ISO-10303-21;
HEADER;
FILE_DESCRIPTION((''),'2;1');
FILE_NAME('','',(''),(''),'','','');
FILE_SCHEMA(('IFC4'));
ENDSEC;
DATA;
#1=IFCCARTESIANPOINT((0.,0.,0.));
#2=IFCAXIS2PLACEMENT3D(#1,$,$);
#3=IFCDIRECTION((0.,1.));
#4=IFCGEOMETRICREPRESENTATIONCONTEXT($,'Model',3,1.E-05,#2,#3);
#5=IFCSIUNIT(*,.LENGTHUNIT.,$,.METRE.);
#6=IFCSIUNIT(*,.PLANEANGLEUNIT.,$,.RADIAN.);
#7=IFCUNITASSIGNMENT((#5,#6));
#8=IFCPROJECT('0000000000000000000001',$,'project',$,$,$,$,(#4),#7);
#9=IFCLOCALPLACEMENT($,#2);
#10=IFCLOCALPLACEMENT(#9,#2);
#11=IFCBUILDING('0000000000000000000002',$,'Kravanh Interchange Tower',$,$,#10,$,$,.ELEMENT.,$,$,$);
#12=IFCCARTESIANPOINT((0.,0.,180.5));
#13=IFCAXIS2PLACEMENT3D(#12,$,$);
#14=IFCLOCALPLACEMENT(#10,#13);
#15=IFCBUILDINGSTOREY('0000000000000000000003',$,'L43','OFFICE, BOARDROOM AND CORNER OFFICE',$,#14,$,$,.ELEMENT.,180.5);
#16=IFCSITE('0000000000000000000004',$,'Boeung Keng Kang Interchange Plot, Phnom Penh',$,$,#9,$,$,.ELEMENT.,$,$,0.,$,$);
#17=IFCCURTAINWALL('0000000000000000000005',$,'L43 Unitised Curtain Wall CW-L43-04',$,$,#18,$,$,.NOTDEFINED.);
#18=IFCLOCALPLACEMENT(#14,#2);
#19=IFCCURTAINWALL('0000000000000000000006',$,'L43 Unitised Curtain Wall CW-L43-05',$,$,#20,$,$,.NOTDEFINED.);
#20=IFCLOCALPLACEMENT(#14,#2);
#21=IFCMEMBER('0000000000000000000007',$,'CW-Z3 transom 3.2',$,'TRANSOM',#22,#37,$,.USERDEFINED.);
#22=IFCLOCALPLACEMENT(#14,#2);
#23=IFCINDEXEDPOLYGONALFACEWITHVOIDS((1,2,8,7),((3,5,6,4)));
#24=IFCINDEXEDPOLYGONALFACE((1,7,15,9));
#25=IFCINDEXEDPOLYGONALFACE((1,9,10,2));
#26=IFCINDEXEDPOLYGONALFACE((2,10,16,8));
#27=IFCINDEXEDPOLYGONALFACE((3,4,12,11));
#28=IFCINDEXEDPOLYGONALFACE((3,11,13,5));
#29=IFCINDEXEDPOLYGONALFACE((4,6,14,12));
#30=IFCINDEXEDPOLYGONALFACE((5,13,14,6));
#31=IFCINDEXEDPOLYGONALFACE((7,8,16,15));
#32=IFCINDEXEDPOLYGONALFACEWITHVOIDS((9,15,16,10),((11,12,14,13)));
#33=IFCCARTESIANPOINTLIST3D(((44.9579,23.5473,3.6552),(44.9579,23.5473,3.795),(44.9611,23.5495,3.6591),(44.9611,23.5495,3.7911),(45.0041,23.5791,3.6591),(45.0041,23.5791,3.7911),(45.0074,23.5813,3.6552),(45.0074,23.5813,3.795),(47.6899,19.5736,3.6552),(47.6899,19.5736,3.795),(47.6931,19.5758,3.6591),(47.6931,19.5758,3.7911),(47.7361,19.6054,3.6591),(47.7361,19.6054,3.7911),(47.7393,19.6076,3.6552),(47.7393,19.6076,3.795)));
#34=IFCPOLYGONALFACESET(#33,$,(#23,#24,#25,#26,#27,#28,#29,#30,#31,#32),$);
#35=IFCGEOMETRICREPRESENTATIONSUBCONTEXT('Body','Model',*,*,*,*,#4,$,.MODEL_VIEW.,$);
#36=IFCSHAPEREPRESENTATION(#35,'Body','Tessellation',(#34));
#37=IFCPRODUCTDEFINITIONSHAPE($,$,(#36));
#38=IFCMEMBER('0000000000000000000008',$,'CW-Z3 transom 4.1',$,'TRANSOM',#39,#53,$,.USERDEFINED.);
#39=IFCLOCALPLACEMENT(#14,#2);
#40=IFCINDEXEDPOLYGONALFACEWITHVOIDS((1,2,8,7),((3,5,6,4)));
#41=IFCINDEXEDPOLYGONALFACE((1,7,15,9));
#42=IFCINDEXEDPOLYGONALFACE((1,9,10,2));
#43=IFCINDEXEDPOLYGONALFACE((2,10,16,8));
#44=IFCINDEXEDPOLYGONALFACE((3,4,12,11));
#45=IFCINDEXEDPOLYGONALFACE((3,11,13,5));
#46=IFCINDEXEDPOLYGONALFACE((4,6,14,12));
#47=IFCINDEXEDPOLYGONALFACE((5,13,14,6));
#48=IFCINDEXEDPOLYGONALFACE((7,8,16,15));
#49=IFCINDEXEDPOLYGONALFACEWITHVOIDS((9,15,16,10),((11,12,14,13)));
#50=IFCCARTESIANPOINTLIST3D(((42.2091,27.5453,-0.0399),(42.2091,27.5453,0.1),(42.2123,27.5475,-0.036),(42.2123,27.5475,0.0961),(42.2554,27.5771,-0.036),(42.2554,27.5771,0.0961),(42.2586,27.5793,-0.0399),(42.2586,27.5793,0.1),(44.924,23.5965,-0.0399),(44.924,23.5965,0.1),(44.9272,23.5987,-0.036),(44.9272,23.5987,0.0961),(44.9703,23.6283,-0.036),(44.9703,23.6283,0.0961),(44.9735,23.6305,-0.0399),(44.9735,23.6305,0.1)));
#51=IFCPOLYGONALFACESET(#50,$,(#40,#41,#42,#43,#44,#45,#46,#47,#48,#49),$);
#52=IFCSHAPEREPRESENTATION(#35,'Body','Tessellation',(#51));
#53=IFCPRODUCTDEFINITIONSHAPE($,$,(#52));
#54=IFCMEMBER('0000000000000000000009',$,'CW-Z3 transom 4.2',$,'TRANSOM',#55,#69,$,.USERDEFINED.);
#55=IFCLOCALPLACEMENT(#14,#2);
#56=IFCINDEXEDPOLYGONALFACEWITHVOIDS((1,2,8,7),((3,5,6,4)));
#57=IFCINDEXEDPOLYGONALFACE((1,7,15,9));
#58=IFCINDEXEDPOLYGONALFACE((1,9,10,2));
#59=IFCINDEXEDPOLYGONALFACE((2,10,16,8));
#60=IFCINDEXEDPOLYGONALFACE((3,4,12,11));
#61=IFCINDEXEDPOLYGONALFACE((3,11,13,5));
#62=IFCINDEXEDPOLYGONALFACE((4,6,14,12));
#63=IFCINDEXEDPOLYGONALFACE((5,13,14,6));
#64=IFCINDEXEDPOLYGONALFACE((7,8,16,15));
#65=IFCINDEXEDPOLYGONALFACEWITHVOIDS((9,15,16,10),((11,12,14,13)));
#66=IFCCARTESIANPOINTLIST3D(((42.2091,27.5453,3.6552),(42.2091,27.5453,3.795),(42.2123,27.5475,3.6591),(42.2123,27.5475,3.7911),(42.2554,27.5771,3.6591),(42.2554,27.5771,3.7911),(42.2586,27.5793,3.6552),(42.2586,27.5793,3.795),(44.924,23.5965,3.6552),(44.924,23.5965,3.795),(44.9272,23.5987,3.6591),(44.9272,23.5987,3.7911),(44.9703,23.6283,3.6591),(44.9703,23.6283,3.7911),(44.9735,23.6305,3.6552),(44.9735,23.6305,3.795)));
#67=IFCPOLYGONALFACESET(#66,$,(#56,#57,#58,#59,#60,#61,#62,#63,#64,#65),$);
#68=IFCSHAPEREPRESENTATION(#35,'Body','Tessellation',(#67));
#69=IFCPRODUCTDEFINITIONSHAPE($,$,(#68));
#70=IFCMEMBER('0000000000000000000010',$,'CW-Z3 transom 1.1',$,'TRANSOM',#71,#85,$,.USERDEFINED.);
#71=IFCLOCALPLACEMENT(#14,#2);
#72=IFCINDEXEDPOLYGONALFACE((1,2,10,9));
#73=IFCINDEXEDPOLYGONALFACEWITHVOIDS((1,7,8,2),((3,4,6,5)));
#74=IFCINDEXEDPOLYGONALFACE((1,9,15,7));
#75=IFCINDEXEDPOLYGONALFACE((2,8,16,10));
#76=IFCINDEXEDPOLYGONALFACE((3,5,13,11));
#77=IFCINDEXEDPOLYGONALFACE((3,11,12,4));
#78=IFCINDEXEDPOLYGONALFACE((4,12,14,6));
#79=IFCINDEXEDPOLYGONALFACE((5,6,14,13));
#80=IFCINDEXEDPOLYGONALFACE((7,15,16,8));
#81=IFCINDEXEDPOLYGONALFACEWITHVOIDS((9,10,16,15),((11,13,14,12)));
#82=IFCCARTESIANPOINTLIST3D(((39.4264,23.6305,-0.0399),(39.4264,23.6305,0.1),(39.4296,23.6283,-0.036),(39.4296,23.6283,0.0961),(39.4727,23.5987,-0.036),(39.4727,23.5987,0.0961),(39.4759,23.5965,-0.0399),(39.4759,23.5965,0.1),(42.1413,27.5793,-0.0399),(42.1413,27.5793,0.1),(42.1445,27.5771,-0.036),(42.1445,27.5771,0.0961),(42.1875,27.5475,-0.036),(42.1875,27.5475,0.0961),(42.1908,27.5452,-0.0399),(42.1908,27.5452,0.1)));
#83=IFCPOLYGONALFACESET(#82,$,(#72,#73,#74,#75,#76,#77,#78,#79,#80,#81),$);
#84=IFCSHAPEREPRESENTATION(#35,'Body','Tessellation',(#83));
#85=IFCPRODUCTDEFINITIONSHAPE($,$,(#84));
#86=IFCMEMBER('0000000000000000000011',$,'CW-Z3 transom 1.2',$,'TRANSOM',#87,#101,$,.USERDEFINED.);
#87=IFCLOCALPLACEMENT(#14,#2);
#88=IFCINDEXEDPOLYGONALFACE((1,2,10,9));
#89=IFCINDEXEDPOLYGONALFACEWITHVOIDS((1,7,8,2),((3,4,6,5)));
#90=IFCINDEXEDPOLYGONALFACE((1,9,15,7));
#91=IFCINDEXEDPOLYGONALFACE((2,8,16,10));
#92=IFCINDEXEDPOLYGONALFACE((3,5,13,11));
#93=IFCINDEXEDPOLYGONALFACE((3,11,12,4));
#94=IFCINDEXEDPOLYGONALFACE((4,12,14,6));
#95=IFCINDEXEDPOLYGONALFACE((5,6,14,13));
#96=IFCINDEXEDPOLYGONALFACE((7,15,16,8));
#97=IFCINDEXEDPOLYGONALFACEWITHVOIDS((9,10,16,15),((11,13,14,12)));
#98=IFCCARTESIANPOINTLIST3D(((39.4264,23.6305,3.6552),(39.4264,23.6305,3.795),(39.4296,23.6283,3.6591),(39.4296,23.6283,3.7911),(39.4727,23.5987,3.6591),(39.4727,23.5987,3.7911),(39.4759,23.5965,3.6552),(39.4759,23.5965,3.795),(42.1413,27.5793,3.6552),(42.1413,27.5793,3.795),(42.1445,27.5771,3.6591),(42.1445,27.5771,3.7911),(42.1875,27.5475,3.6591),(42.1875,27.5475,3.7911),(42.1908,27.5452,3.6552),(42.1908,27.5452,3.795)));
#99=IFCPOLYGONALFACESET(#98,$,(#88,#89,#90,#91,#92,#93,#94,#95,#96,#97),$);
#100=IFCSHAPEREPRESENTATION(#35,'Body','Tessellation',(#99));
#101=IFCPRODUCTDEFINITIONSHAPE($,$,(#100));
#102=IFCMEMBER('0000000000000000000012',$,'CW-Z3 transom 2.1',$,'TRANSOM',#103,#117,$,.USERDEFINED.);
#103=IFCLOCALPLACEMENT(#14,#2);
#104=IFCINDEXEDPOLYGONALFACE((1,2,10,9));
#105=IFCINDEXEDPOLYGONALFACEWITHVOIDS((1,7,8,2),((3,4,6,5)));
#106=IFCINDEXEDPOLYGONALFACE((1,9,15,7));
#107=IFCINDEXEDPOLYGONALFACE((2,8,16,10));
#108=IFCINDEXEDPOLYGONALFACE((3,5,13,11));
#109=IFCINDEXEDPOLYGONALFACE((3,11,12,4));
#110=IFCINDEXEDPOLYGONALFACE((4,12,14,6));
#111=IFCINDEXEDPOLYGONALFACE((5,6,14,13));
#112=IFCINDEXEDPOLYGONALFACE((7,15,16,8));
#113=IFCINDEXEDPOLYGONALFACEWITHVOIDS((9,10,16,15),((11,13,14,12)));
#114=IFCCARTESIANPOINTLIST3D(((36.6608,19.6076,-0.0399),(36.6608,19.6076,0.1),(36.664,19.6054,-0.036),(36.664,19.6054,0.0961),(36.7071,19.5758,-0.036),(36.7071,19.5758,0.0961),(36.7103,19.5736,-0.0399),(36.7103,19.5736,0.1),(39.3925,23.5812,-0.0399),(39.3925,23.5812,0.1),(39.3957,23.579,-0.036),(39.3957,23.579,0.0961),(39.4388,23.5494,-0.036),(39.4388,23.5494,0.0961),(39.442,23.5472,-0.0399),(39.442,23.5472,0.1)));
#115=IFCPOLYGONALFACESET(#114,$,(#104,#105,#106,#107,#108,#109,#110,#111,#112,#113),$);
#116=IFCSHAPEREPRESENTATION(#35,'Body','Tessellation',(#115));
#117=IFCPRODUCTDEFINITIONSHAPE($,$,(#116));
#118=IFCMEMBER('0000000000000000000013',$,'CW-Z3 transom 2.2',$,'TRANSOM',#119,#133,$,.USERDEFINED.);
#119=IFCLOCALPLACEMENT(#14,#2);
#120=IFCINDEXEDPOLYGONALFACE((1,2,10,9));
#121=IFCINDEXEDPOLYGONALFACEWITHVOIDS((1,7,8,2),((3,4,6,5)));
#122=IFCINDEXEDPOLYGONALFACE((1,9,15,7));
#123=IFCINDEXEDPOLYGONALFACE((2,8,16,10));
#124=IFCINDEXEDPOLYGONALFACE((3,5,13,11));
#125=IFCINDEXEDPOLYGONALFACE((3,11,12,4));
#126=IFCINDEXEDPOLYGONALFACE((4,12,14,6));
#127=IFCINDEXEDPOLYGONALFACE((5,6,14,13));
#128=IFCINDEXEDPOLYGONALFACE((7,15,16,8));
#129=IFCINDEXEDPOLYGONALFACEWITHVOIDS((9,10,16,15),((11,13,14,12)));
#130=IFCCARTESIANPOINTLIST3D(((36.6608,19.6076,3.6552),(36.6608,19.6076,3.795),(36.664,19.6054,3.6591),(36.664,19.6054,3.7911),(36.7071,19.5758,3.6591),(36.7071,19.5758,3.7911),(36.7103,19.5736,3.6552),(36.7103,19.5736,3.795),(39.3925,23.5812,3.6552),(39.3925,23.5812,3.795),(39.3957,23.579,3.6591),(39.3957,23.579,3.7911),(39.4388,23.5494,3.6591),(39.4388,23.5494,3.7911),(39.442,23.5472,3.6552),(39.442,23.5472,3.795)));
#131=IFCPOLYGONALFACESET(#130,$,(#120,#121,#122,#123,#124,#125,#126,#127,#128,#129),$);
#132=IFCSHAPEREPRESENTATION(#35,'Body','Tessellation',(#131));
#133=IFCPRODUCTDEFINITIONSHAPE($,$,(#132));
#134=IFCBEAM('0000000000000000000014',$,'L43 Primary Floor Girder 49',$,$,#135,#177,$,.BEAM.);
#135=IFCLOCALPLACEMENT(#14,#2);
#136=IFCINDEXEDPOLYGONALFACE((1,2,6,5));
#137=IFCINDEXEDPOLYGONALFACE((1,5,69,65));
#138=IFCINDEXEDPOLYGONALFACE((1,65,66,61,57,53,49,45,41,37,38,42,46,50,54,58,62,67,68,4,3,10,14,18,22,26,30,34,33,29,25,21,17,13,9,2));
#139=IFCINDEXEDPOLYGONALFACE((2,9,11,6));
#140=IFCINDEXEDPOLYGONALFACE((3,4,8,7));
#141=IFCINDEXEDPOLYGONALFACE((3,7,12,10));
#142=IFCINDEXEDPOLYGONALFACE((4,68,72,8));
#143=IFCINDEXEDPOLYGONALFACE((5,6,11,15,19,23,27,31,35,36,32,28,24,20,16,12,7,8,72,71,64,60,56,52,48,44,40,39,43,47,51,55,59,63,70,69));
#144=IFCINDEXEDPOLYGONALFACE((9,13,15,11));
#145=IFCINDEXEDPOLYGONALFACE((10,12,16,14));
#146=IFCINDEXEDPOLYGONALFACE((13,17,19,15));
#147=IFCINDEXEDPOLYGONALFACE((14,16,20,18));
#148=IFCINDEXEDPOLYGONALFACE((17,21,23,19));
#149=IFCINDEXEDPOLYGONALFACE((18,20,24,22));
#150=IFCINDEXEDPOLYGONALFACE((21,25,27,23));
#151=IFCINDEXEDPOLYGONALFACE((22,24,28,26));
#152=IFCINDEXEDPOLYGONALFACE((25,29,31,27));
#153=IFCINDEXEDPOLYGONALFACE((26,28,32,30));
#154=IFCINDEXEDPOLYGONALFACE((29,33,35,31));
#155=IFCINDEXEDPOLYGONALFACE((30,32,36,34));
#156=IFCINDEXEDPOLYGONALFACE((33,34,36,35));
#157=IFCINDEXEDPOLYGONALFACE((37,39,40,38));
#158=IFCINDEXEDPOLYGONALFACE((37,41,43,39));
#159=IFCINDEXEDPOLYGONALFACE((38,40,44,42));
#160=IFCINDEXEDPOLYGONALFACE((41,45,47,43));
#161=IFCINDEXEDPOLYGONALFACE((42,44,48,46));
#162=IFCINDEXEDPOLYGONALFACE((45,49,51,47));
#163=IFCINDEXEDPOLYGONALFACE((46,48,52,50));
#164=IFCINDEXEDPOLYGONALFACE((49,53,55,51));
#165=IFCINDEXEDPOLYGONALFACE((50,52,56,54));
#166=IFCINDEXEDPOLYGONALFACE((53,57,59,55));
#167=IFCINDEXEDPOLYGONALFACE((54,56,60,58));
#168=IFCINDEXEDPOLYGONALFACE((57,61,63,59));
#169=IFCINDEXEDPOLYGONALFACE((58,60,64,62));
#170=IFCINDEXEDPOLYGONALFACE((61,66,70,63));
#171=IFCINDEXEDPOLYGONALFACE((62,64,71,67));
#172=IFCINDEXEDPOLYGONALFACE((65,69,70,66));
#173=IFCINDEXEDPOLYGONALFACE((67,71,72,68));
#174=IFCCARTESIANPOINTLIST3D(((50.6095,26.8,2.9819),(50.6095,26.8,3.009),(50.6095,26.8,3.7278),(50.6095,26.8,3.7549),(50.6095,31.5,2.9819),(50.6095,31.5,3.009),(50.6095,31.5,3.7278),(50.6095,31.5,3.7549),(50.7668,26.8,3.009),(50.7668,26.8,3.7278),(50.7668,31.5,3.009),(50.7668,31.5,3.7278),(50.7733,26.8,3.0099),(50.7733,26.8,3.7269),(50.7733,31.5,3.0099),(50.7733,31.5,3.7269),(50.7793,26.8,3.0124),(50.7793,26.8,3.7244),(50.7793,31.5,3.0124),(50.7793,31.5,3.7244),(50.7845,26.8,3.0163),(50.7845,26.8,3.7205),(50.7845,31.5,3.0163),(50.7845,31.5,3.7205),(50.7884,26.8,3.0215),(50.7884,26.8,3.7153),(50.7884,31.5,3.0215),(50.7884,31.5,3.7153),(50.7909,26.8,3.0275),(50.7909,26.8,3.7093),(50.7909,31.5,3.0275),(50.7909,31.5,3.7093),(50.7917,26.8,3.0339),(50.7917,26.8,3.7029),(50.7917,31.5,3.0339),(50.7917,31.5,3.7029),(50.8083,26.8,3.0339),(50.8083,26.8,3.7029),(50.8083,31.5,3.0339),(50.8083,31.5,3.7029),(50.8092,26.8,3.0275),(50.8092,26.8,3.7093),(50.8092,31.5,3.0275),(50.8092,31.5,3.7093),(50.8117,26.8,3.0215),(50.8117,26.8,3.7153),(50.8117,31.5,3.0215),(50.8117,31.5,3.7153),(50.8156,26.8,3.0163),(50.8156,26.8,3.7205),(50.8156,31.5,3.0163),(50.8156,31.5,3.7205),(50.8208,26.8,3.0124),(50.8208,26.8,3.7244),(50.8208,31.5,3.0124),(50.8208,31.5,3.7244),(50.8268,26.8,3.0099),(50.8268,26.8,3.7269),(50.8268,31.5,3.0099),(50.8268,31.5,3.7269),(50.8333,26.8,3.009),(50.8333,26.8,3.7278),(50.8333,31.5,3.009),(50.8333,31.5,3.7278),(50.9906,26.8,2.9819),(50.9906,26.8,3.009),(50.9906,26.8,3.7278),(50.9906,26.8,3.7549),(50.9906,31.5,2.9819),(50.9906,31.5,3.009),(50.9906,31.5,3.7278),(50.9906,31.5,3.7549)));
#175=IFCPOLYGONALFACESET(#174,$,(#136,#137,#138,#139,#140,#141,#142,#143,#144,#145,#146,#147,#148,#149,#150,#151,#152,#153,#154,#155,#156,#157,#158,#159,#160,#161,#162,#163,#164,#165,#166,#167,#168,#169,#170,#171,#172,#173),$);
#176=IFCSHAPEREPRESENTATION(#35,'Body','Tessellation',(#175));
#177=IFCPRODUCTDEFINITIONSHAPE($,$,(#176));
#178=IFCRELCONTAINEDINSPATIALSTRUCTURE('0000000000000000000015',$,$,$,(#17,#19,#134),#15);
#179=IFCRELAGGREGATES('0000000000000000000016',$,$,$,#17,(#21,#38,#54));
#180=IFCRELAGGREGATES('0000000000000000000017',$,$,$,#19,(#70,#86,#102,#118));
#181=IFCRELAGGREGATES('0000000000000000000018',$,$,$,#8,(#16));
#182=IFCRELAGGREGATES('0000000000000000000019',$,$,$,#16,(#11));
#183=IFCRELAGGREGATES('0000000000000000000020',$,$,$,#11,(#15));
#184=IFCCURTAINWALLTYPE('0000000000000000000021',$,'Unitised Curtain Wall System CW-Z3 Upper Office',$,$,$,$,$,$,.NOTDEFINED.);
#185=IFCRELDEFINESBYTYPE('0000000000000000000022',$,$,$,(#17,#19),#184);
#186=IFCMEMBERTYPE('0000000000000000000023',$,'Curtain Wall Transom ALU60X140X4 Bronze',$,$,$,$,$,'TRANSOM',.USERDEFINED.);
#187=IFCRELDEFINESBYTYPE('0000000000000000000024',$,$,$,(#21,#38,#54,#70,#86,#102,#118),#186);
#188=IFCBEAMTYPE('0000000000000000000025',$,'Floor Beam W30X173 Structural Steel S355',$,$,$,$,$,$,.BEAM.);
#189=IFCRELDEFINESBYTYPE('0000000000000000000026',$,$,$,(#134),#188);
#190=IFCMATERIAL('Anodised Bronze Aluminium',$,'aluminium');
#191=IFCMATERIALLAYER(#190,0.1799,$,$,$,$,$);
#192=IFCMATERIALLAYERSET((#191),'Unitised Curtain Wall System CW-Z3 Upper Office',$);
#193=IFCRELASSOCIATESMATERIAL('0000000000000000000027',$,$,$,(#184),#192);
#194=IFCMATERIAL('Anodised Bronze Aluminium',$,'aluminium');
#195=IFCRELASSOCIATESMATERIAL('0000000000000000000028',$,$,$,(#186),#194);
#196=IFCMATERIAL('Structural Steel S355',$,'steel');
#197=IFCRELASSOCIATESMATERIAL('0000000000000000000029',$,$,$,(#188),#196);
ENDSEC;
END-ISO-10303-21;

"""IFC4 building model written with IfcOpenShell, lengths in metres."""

from ifc_helpers import new_model, si_unit, direction, frame, origin, origin_2d, place, context, subcontext, project, spatial, hollow_rectangle, i_section, extrude, material, layer, layer_set, material_profile, profile_set, type_object, element, aggregate, save


model = new_model("IFC4")

# Units and contexts
model_context = context("Model", 3, precision=1e-05, world=origin(), true_north=direction((0.0, 1.0)))
body_context = subcontext(model_context, "Body", "Model", "MODEL_VIEW")
ifc_project = project(units=[si_unit("LENGTHUNIT", "METRE"), si_unit("PLANEANGLEUNIT", "RADIAN")], contexts=[model_context])

# Site, building, storey
site_placement = place(None, origin())
site = spatial("IfcSite", under=ifc_project, at=site_placement, Name="Boeung Keng Kang Interchange Plot, Phnom Penh", CompositionType="ELEMENT", RefElevation=0.0)
building_placement = place(site_placement, origin())
building = spatial("IfcBuilding", under=site, at=building_placement, Name="Kravanh Interchange Tower", CompositionType="ELEMENT")
storey_placement = place(building_placement, frame((0.0, 0.0, 180.5)))
storey = spatial("IfcBuildingStorey", under=building, at=storey_placement, Name="L43", Description="OFFICE, BOARDROOM AND CORNER OFFICE", CompositionType="ELEMENT", Elevation=180.5)

# Shared definitions
ifc_material_1 = material(Name="Anodised Bronze Aluminium", Category="aluminium")
ifc_layer_1 = layer(ifc_material_1, 0.1799)
ifc_layer_set_1 = layer_set([ifc_layer_1], Name="Unitised Curtain Wall System CW-Z3 Upper Office")
curtain_wall_type = type_object("IfcCurtainWallType", Name="Unitised Curtain Wall System CW-Z3 Upper Office", PredefinedType="NOTDEFINED", material=ifc_layer_set_1)

# Curtain walls
curtain_wall_1_placement = place(storey_placement, origin())
curtain_wall_1 = element("IfcCurtainWall", 1, at=curtain_wall_1_placement, inside=storey, type_object=curtain_wall_type, Name="L43 Unitised Curtain Wall CW-L43-04", PredefinedType="NOTDEFINED")
curtain_wall_2_placement = place(storey_placement, origin())
curtain_wall_2 = element("IfcCurtainWall", 2, at=curtain_wall_2_placement, inside=storey, type_object=curtain_wall_type, Name="L43 Unitised Curtain Wall CW-L43-05", PredefinedType="NOTDEFINED")

# Members
ifc_material_2 = material(Name="Anodised Bronze Aluminium", Category="aluminium")
ifc_material_profile_1 = material_profile(ifc_material_2, hollow_rectangle(XDim=0.0601, YDim=0.1399, WallThickness=0.0039, at=origin_2d()), Name="ALU60X140X4")
ifc_profile_set_1 = profile_set([ifc_material_profile_1], Name="Anodised Bronze Aluminium")
member_type_1 = type_object("IfcMemberType", Name="Curtain Wall Transom ALU60X140X4 Bronze", ElementType="TRANSOM", PredefinedType="USERDEFINED", material=ifc_profile_set_1)
member_1_placement = place(storey_placement, frame((47.7146, 19.5906, 3.7251), z_axis=(-0.566537, 0.824036, 0.0), x_axis=(-0.824036, -0.566537, 0.0)))
member_1 = element("IfcMember", 3, at=member_1_placement, type_object=member_type_1, Name="CW-Z3 transom 3.2", ObjectType="TRANSOM", PredefinedType="USERDEFINED", context=body_context, shape_type="SweptSolid", body=[
    extrude(hollow_rectangle(XDim=0.0601, YDim=0.1399, WallThickness=0.0039, at=origin_2d()), origin(), (0.0, 0.0, 1.0), 4.8223),
])
member_2_placement = place(storey_placement, frame((44.9487, 23.6135, 0.03), z_axis=(-0.566542, 0.824033, 0.0), x_axis=(-0.824033, -0.566542, 0.0)))
member_2 = element("IfcMember", 4, at=member_2_placement, type_object=member_type_1, Name="CW-Z3 transom 4.1", ObjectType="TRANSOM", PredefinedType="USERDEFINED", context=body_context, shape_type="SweptSolid", body=[
    extrude(hollow_rectangle(XDim=0.0601, YDim=0.1399, WallThickness=0.0039, at=origin_2d()), origin(), (0.0, 0.0, 1.0), 4.792),
])
member_3_placement = place(storey_placement, frame((44.9487, 23.6135, 3.7251), z_axis=(-0.566542, 0.824033, 0.0), x_axis=(-0.824033, -0.566542, 0.0)))
member_3 = element("IfcMember", 5, at=member_3_placement, type_object=member_type_1, Name="CW-Z3 transom 4.2", ObjectType="TRANSOM", PredefinedType="USERDEFINED", context=body_context, shape_type="SweptSolid", body=[
    extrude(hollow_rectangle(XDim=0.0601, YDim=0.1399, WallThickness=0.0039, at=origin_2d()), origin(), (0.0, 0.0, 1.0), 4.792),
])
member_4_placement = place(storey_placement, frame((42.166, 27.5623, 0.03), z_axis=(-0.566542, -0.824033, 0.0), x_axis=(0.824033, -0.566542, 0.0)))
member_4 = element("IfcMember", 6, at=member_4_placement, type_object=member_type_1, Name="CW-Z3 transom 1.1", ObjectType="TRANSOM", PredefinedType="USERDEFINED", context=body_context, shape_type="SweptSolid", body=[
    extrude(hollow_rectangle(XDim=0.0601, YDim=0.1399, WallThickness=0.0039, at=origin_2d()), origin(), (0.0, 0.0, 1.0), 4.792),
])
member_5_placement = place(storey_placement, frame((42.166, 27.5623, 3.7251), z_axis=(-0.566542, -0.824033, 0.0), x_axis=(0.824033, -0.566542, 0.0)))
member_5 = element("IfcMember", 7, at=member_5_placement, type_object=member_type_1, Name="CW-Z3 transom 1.2", ObjectType="TRANSOM", PredefinedType="USERDEFINED", context=body_context, shape_type="SweptSolid", body=[
    extrude(hollow_rectangle(XDim=0.0601, YDim=0.1399, WallThickness=0.0039, at=origin_2d()), origin(), (0.0, 0.0, 1.0), 4.792),
])
member_6_placement = place(storey_placement, frame((39.4172, 23.5642, 0.03), z_axis=(-0.566503, -0.82406, 0.0), x_axis=(0.82406, -0.566503, 0.0)))
member_6 = element("IfcMember", 8, at=member_6_placement, type_object=member_type_1, Name="CW-Z3 transom 2.1", ObjectType="TRANSOM", PredefinedType="USERDEFINED", context=body_context, shape_type="SweptSolid", body=[
    extrude(hollow_rectangle(XDim=0.0601, YDim=0.1399, WallThickness=0.0039, at=origin_2d()), origin(), (0.0, 0.0, 1.0), 4.822),
])
member_7_placement = place(storey_placement, frame((39.4172, 23.5642, 3.7251), z_axis=(-0.566503, -0.82406, 0.0), x_axis=(0.82406, -0.566503, 0.0)))
member_7 = element("IfcMember", 9, at=member_7_placement, type_object=member_type_1, Name="CW-Z3 transom 2.2", ObjectType="TRANSOM", PredefinedType="USERDEFINED", context=body_context, shape_type="SweptSolid", body=[
    extrude(hollow_rectangle(XDim=0.0601, YDim=0.1399, WallThickness=0.0039, at=origin_2d()), origin(), (0.0, 0.0, 1.0), 4.822),
])

# Beam
ifc_material_3 = material(Name="Structural Steel S355", Category="steel")
ifc_material_profile_2 = material_profile(ifc_material_3, i_section(OverallWidth=0.3811, OverallDepth=0.7729, WebThickness=0.0166, FlangeThickness=0.0271, FilletRadius=0.0249, at=origin_2d()), Name="W30X173")
ifc_profile_set_2 = profile_set([ifc_material_profile_2], Name="Structural Steel S355")
beam_type_1 = type_object("IfcBeamType", Name="Floor Beam W30X173 Structural Steel S355", PredefinedType="BEAM", material=ifc_profile_set_2)
beam_1_placement = place(storey_placement, frame((50.8, 26.8, 3.3684), z_axis=(0.0, 1.0, 0.0), x_axis=(-1.0, 0.0, 0.0)))
element("IfcBeam", 10, at=beam_1_placement, inside=storey, type_object=beam_type_1, Name="L43 Primary Floor Girder 49", PredefinedType="BEAM", context=body_context, shape_type="SweptSolid", body=[
    extrude(i_section(OverallWidth=0.3811, OverallDepth=0.7729, WebThickness=0.0166, FlangeThickness=0.0271, FilletRadius=0.0249, at=origin_2d()), origin(), (0.0, 0.0, 1.0), 4.7),
])

aggregate(curtain_wall_1, [member_1, member_2, member_3])
aggregate(curtain_wall_2, [member_4, member_5, member_6, member_7])

save(model, "model.ifc")
